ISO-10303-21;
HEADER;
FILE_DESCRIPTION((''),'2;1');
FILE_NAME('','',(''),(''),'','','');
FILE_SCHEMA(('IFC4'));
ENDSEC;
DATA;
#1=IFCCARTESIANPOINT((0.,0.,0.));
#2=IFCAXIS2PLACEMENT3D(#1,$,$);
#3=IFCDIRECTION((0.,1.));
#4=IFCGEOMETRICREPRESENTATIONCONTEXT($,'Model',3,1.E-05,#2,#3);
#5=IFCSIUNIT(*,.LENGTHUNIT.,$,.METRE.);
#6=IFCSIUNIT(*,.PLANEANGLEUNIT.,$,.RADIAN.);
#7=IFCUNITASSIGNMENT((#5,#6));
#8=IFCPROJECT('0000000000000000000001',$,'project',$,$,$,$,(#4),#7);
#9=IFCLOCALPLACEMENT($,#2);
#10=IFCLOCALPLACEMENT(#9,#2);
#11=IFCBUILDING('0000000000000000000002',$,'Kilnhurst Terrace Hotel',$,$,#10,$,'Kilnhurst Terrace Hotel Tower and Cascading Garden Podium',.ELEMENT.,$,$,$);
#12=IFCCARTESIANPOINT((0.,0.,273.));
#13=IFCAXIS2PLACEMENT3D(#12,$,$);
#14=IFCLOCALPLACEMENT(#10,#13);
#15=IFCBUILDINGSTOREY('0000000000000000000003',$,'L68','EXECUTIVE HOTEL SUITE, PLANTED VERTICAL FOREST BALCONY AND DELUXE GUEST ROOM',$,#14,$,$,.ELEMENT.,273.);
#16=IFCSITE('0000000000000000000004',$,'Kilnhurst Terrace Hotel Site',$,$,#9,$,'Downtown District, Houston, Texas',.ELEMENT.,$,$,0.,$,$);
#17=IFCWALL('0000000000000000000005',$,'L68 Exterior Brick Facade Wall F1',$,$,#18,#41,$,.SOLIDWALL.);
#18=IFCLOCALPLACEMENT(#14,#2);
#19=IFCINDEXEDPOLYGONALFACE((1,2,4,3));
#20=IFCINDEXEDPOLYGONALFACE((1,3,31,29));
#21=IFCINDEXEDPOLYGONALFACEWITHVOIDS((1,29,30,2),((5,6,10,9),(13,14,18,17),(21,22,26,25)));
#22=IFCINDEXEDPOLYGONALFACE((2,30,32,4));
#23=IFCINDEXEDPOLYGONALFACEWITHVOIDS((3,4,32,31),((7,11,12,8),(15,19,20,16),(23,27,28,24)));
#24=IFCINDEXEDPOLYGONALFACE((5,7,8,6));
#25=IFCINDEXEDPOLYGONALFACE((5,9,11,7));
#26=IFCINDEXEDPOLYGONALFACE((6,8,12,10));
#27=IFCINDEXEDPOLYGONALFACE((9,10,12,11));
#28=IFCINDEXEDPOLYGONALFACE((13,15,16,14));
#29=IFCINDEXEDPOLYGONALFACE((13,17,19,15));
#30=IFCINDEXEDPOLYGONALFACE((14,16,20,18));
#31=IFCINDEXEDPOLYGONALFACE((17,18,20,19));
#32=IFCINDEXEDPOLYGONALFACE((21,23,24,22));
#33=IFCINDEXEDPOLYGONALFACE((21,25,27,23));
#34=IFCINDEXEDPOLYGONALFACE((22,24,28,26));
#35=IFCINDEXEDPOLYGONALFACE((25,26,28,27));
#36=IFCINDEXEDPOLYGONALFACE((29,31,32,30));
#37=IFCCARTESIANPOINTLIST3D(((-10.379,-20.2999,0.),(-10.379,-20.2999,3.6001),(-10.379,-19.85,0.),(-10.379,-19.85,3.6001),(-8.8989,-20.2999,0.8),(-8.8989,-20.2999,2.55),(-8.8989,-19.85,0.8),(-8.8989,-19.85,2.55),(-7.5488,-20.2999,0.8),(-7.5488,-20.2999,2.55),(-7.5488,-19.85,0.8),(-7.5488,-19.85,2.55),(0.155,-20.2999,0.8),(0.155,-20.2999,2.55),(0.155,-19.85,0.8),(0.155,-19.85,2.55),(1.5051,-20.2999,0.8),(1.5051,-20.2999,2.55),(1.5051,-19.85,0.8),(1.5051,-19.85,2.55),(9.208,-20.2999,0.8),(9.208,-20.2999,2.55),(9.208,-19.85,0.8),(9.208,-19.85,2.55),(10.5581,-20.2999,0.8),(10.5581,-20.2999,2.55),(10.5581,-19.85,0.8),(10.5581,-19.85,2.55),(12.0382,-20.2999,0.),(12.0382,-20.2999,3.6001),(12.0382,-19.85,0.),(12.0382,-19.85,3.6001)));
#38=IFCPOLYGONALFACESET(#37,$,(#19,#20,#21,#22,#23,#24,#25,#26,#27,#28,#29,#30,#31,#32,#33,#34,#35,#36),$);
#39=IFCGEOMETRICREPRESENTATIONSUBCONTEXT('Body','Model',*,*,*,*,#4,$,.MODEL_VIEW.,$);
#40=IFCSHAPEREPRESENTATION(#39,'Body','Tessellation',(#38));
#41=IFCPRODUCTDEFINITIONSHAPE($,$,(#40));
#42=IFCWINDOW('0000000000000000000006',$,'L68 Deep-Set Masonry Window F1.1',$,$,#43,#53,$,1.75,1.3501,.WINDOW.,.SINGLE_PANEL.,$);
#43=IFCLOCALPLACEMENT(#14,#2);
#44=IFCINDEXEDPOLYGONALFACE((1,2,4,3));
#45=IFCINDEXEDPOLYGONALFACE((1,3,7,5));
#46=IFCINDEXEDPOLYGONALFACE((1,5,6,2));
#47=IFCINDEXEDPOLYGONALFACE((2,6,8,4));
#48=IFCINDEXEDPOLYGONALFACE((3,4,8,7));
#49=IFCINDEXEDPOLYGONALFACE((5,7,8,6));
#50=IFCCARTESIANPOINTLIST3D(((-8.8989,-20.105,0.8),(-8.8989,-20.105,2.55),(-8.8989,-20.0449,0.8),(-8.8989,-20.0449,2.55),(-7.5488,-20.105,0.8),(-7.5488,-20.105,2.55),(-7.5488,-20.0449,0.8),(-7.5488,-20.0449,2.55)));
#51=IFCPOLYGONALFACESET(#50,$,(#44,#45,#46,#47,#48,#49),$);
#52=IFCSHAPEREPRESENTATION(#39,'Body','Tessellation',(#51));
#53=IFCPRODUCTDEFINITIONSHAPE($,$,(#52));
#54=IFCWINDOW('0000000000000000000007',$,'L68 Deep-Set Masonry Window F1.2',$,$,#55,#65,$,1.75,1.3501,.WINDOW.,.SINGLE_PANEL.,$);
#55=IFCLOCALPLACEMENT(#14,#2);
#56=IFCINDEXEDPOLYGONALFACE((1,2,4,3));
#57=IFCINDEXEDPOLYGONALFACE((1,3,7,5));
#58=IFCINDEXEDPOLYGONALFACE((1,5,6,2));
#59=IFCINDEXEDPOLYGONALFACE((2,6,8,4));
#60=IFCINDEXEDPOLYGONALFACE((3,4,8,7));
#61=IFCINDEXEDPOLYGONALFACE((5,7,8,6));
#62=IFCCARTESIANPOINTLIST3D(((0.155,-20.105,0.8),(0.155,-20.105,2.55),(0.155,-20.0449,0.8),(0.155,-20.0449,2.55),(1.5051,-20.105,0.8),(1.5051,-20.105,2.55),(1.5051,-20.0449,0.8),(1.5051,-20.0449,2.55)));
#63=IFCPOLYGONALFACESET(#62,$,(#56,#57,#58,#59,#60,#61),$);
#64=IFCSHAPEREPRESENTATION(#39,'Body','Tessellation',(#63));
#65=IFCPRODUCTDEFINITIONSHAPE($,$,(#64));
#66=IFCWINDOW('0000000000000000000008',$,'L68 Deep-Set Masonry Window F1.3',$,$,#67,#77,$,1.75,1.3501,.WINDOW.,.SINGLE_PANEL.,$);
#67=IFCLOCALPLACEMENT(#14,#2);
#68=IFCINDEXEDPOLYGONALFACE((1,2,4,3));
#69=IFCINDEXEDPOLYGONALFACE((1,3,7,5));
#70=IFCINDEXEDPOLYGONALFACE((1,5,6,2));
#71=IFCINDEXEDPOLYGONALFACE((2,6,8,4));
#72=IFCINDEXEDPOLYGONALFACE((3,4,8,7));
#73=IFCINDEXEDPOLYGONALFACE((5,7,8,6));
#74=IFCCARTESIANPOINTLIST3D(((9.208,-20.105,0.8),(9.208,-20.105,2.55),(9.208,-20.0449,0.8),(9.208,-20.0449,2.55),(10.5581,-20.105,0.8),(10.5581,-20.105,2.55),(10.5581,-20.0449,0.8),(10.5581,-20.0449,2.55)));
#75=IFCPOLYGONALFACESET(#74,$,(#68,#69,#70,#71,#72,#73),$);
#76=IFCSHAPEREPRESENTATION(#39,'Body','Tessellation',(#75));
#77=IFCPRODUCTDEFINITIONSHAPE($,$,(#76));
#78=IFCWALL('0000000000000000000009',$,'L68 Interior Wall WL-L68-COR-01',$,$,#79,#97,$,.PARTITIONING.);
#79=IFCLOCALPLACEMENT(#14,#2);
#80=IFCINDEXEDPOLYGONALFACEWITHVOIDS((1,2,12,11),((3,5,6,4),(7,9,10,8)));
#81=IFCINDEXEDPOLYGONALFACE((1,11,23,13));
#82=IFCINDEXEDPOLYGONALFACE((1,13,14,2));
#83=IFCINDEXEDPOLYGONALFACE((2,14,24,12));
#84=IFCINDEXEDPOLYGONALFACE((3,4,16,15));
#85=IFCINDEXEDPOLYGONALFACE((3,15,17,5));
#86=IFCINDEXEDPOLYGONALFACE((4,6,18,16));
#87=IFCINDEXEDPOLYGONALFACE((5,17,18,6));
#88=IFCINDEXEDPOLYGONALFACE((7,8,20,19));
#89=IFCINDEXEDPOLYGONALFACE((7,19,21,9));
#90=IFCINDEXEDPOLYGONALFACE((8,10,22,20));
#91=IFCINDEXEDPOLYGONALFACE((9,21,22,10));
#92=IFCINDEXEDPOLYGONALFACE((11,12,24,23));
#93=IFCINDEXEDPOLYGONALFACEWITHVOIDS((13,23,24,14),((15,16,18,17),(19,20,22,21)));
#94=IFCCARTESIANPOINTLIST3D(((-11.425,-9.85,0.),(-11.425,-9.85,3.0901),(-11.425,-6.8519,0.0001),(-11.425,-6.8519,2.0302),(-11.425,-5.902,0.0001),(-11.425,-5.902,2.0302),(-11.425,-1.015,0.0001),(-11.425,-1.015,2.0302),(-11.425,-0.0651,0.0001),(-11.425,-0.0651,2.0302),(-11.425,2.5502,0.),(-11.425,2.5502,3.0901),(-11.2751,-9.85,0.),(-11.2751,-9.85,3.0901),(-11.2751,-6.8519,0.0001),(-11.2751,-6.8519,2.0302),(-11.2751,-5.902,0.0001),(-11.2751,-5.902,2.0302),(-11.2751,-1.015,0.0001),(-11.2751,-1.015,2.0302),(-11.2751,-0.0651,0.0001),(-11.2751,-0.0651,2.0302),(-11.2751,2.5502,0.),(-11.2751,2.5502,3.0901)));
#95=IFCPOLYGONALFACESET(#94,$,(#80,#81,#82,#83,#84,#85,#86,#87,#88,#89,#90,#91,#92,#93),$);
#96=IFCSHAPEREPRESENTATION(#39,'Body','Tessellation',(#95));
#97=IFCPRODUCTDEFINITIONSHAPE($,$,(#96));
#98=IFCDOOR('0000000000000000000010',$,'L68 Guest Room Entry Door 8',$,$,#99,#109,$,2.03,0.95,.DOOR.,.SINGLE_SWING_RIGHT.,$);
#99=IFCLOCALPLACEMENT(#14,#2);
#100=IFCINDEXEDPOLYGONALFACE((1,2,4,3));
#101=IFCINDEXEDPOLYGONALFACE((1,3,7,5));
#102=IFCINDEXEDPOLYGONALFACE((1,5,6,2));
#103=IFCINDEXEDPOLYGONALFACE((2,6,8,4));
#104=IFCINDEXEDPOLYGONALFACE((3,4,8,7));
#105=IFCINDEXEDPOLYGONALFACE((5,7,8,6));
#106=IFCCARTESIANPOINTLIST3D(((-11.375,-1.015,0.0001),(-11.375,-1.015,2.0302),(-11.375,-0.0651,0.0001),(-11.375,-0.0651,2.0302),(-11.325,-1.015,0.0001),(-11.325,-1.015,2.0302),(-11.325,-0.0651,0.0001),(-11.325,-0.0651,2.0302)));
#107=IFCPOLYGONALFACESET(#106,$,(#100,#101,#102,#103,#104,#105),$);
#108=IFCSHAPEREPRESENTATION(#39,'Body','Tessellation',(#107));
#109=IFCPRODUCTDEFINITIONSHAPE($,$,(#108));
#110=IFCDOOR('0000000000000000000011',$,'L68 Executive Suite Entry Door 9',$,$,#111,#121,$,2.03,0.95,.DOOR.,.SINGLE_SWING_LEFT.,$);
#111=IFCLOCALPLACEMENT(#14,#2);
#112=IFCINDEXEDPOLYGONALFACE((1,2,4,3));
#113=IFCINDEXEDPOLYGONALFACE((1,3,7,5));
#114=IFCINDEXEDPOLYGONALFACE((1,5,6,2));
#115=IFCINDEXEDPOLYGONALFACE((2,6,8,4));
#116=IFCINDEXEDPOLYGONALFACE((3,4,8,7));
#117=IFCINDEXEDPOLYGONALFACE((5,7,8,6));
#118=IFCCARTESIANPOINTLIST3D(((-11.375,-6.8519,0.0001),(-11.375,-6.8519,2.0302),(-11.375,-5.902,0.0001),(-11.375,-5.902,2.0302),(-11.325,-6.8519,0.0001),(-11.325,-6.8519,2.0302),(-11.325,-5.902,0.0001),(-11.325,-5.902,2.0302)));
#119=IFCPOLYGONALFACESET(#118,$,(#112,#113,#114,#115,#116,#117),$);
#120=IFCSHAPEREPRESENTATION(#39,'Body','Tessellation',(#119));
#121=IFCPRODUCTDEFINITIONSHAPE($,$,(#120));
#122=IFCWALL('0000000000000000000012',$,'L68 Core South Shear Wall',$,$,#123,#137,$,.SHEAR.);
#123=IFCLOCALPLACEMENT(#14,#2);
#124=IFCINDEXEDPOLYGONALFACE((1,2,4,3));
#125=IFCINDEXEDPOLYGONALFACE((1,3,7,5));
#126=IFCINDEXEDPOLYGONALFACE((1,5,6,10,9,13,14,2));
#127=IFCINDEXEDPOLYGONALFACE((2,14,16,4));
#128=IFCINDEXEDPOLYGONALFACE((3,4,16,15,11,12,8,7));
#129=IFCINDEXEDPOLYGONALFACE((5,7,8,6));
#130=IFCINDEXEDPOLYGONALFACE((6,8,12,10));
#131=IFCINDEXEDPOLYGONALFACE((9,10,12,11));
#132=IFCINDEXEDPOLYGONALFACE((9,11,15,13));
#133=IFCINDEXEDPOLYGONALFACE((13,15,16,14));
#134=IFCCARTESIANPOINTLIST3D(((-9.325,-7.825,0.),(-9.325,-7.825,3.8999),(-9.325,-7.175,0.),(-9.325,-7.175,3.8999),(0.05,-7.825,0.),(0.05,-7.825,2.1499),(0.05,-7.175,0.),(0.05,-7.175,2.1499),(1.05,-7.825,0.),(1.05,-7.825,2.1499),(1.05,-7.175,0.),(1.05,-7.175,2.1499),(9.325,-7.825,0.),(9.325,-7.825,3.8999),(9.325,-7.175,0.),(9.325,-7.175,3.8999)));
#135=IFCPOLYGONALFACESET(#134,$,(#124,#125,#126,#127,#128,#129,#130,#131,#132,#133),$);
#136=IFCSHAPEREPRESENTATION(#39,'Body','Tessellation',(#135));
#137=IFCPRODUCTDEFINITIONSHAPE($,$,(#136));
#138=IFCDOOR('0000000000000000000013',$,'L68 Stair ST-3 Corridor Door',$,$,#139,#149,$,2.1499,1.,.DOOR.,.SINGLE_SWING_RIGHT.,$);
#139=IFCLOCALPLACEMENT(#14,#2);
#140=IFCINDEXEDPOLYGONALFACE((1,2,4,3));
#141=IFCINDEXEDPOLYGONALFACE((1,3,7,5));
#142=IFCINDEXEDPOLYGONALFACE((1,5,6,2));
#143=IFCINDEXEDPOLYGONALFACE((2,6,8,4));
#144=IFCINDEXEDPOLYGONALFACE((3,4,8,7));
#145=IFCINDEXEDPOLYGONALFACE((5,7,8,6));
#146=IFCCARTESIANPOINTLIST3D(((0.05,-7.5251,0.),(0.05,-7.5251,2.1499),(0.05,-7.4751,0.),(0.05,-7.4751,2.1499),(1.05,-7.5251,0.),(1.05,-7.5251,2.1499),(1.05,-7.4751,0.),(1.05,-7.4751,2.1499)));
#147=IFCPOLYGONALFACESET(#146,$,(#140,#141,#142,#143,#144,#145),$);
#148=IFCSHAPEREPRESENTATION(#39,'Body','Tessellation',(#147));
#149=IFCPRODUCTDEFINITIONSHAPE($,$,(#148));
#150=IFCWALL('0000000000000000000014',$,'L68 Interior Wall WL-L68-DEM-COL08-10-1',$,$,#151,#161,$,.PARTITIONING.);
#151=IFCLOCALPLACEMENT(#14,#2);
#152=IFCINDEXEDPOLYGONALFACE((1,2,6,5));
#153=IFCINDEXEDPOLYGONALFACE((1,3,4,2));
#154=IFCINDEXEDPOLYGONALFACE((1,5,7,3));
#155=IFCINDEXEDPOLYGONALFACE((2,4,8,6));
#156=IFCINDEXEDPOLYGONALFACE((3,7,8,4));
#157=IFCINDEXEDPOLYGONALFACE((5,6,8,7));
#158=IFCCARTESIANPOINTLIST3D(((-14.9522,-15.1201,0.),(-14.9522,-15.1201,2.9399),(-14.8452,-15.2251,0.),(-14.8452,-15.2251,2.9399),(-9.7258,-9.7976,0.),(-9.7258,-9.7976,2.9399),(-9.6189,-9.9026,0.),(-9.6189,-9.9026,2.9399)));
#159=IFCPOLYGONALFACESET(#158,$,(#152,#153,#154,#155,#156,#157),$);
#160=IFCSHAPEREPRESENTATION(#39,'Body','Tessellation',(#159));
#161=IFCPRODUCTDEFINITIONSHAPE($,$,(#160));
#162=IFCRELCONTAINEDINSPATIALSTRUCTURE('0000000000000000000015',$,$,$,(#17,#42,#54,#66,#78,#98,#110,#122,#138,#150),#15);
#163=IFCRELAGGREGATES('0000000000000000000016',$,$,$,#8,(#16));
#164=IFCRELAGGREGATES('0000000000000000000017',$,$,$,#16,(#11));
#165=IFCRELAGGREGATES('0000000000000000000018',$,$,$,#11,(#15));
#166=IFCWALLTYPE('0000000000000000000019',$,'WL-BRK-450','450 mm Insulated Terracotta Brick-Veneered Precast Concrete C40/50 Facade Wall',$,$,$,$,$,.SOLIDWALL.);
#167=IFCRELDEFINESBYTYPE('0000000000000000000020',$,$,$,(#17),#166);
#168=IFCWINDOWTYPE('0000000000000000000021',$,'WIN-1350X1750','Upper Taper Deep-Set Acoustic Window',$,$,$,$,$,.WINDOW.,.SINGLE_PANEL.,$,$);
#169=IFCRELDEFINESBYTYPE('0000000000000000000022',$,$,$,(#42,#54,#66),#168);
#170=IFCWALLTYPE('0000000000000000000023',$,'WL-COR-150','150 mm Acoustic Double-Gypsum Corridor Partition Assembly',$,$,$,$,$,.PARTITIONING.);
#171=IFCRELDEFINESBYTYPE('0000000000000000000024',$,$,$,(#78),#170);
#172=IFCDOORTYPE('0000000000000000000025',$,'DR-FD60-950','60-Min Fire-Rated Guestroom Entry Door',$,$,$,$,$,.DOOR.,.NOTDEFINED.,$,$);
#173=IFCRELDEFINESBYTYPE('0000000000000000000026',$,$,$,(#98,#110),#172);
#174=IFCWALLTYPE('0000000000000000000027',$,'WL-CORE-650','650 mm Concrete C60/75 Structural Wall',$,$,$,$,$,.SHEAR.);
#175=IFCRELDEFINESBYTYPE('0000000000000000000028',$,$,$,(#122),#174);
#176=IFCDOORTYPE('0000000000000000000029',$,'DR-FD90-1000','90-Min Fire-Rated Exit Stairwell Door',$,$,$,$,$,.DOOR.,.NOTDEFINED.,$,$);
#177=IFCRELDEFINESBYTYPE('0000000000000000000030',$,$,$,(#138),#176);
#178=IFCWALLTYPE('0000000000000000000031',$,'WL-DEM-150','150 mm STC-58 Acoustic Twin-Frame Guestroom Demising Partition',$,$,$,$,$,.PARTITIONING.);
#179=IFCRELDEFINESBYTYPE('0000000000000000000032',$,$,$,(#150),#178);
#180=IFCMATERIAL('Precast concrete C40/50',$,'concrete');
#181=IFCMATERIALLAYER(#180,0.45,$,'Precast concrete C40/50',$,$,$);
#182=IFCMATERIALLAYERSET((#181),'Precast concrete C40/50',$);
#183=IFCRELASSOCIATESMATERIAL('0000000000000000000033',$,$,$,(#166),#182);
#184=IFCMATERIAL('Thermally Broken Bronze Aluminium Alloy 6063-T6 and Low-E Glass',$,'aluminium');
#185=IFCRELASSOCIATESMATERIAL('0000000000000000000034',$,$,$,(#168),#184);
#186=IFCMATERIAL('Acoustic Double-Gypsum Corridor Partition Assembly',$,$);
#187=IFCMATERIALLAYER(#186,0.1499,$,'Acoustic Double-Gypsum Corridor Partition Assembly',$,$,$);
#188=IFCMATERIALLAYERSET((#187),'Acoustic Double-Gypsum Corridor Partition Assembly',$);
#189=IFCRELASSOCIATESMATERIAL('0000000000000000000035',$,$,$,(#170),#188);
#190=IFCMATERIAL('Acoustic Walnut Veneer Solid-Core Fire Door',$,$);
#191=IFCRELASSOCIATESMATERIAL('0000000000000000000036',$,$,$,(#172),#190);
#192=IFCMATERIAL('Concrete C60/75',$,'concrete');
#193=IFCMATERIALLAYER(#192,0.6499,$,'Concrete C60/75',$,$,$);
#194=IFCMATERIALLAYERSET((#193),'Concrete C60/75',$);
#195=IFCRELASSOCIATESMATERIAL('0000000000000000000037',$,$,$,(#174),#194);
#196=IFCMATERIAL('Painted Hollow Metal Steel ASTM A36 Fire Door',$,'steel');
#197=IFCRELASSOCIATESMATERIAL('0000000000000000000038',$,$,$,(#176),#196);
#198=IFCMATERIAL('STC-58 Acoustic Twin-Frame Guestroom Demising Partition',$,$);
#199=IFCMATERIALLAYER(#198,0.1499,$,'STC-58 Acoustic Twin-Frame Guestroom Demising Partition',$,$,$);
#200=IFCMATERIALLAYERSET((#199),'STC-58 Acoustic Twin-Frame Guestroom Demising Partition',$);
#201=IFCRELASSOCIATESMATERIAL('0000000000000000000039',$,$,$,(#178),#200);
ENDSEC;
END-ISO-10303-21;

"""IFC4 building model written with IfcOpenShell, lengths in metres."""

from ifc_helpers import new_model, si_unit, direction, frame, frame_2d, origin, place, context, subcontext, project, spatial, rectangle, extrude, material, layer, layer_set, type_object, element, fill, save


model = new_model("IFC4")

# Units and contexts
model_context = context("Model", 3, precision=1e-05, world=origin(), true_north=direction((0.0, 1.0)))
body_context = subcontext(model_context, "Body", "Model", "MODEL_VIEW")
ifc_project = project(units=[si_unit("LENGTHUNIT", "METRE"), si_unit("PLANEANGLEUNIT", "RADIAN")], contexts=[model_context])

# Site, building, storey
site_placement = place(None, origin())
site = spatial("IfcSite", under=ifc_project, at=site_placement, Name="Kilnhurst Terrace Hotel Site", LongName="Downtown District, Houston, Texas", CompositionType="ELEMENT", RefElevation=0.0)
building_placement = place(site_placement, origin())
building = spatial("IfcBuilding", under=site, at=building_placement, Name="Kilnhurst Terrace Hotel", LongName="Kilnhurst Terrace Hotel Tower and Cascading Garden Podium", CompositionType="ELEMENT")
storey_placement = place(building_placement, frame((0.0, 0.0, 273.0)))
storey = spatial("IfcBuildingStorey", under=building, at=storey_placement, Name="L68", Description="EXECUTIVE HOTEL SUITE, PLANTED VERTICAL FOREST BALCONY AND DELUXE GUEST ROOM", CompositionType="ELEMENT", Elevation=273.0)

# Shared definitions
ifc_material_1 = material(Name="Concrete C60/75", Category="concrete")

# Shared definitions
ifc_material_2 = material(Name="Precast concrete C40/50", Category="concrete")
ifc_layer_1 = layer(ifc_material_2, 0.45, Name="Precast concrete C40/50")
ifc_layer_set_1 = layer_set([ifc_layer_1], Name="Precast concrete C40/50")
wall_type_1 = type_object("IfcWallType", Name="WL-BRK-450", Description="450 mm Insulated Terracotta Brick-Veneered Precast Concrete C40/50 Facade Wall", PredefinedType="SOLIDWALL", material=ifc_layer_set_1)

# Wall, openings, windows
wall_1_placement = place(storey_placement, frame((-10.3789, -20.075, 0.0), z_axis=(0.0, 0.0, 1.0), x_axis=(1.0, 0.0, 0.0)))
wall_1 = element("IfcWall", 1, at=wall_1_placement, inside=storey, type_object=wall_type_1, Name="L68 Exterior Brick Facade Wall F1", PredefinedType="SOLIDWALL", context=body_context, shape_type="SweptSolid", body=[
    extrude(rectangle(XDim=22.4172, YDim=0.45, at=frame_2d((11.2085, 0.0))), origin(), (0.0, 0.0, 1.0), 3.6001),
])
opening_1_placement = place(wall_1_placement, frame((1.48, 0.0, 0.8)))
opening_1 = element("IfcOpeningElement", 2, at=opening_1_placement, cuts=wall_1, PredefinedType="OPENING", context=body_context, shape_type="SweptSolid", body=[
    extrude(rectangle(XDim=1.3501, YDim=1.75, at=frame_2d((0.675, 0.875))), frame((0.0, 0.2349, 0.0), z_axis=(0.0, -1.0, 0.0), x_axis=(1.0, 0.0, 0.0)), (0.0, 0.0, 1.0), 0.47),
])
opening_2_placement = place(wall_1_placement, frame((10.5339, 0.0, 0.8)))
opening_2 = element("IfcOpeningElement", 3, at=opening_2_placement, cuts=wall_1, PredefinedType="OPENING", context=body_context, shape_type="SweptSolid", body=[
    extrude(rectangle(XDim=1.3501, YDim=1.75, at=frame_2d((0.675, 0.875))), frame((0.0, 0.2349, 0.0), z_axis=(0.0, -1.0, 0.0), x_axis=(1.0, 0.0, 0.0)), (0.0, 0.0, 1.0), 0.47),
])
opening_3_placement = place(wall_1_placement, frame((19.5869, 0.0, 0.8)))
opening_3 = element("IfcOpeningElement", 4, at=opening_3_placement, cuts=wall_1, PredefinedType="OPENING", context=body_context, shape_type="SweptSolid", body=[
    extrude(rectangle(XDim=1.3501, YDim=1.75, at=frame_2d((0.675, 0.875))), frame((0.0, 0.2349, 0.0), z_axis=(0.0, -1.0, 0.0), x_axis=(1.0, 0.0, 0.0)), (0.0, 0.0, 1.0), 0.47),
])
ifc_material_3 = material(Name="Thermally Broken Bronze Aluminium Alloy 6063-T6 and Low-E Glass", Category="aluminium")
window_type = type_object("IfcWindowType", Name="WIN-1350X1750", Description="Upper Taper Deep-Set Acoustic Window", PartitioningType="SINGLE_PANEL", PredefinedType="WINDOW", material=ifc_material_3)
window_1_placement = place(opening_1_placement, origin())
window_1 = element("IfcWindow", 5, at=window_1_placement, inside=storey, type_object=window_type, Name="L68 Deep-Set Masonry Window F1.1", OverallHeight=1.75, OverallWidth=1.3501, PartitioningType="SINGLE_PANEL", PredefinedType="WINDOW", context=body_context, shape_type="SweptSolid", body=[
    extrude(rectangle(XDim=1.3501, YDim=1.75, at=frame_2d((0.675, 0.875))), frame((0.0, 0.03, 0.0), z_axis=(0.0, -1.0, 0.0), x_axis=(1.0, 0.0, 0.0)), (0.0, 0.0, 1.0), 0.0601),
])
fill(opening_1, window_1)
window_2_placement = place(opening_2_placement, origin())
window_2 = element("IfcWindow", 6, at=window_2_placement, inside=storey, type_object=window_type, Name="L68 Deep-Set Masonry Window F1.2", OverallHeight=1.75, OverallWidth=1.3501, PartitioningType="SINGLE_PANEL", PredefinedType="WINDOW", context=body_context, shape_type="SweptSolid", body=[
    extrude(rectangle(XDim=1.3501, YDim=1.75, at=frame_2d((0.675, 0.875))), frame((0.0, 0.03, 0.0), z_axis=(0.0, -1.0, 0.0), x_axis=(1.0, 0.0, 0.0)), (0.0, 0.0, 1.0), 0.0601),
])
fill(opening_2, window_2)
window_3_placement = place(opening_3_placement, origin())
window_3 = element("IfcWindow", 7, at=window_3_placement, inside=storey, type_object=window_type, Name="L68 Deep-Set Masonry Window F1.3", OverallHeight=1.75, OverallWidth=1.3501, PartitioningType="SINGLE_PANEL", PredefinedType="WINDOW", context=body_context, shape_type="SweptSolid", body=[
    extrude(rectangle(XDim=1.3501, YDim=1.75, at=frame_2d((0.675, 0.875))), frame((0.0, 0.03, 0.0), z_axis=(0.0, -1.0, 0.0), x_axis=(1.0, 0.0, 0.0)), (0.0, 0.0, 1.0), 0.0601),
])
fill(opening_3, window_3)

# Wall, openings, doors
ifc_material_4 = material(Name="Acoustic Double-Gypsum Corridor Partition Assembly")
ifc_layer_2 = layer(ifc_material_4, 0.1499, Name="Acoustic Double-Gypsum Corridor Partition Assembly")
ifc_layer_set_2 = layer_set([ifc_layer_2], Name="Acoustic Double-Gypsum Corridor Partition Assembly")
wall_type_2 = type_object("IfcWallType", Name="WL-COR-150", Description="150 mm Acoustic Double-Gypsum Corridor Partition Assembly", PredefinedType="PARTITIONING", material=ifc_layer_set_2)
wall_2_placement = place(storey_placement, frame((-11.3501, -9.8501, 0.0), z_axis=(0.0, 0.0, 1.0), x_axis=(0.0, 1.0, 0.0)))
wall_2 = element("IfcWall", 8, at=wall_2_placement, inside=storey, type_object=wall_type_2, Name="L68 Interior Wall WL-L68-COR-01", PredefinedType="PARTITIONING", context=body_context, shape_type="SweptSolid", body=[
    extrude(rectangle(XDim=12.4001, YDim=0.1499, at=frame_2d((6.2002, 0.0))), origin(), (0.0, 0.0, 1.0), 3.0901),
])
opening_4_placement = place(wall_2_placement, frame((8.835, 0.0, 0.0)))
opening_4 = element("IfcOpeningElement", 9, at=opening_4_placement, cuts=wall_2, PredefinedType="OPENING", context=body_context, shape_type="SweptSolid", body=[
    extrude(rectangle(XDim=0.95, YDim=2.03, at=frame_2d((0.4751, 1.0151))), frame((0.0, 0.085, 0.0), z_axis=(0.0, -1.0, 0.0), x_axis=(1.0, 0.0, 0.0)), (0.0, 0.0, 1.0), 0.1699),
])
opening_5_placement = place(wall_2_placement, frame((2.998, 0.0, 0.0)))
opening_5 = element("IfcOpeningElement", 10, at=opening_5_placement, cuts=wall_2, PredefinedType="OPENING", context=body_context, shape_type="SweptSolid", body=[
    extrude(rectangle(XDim=0.95, YDim=2.03, at=frame_2d((0.4751, 1.0151))), frame((0.0, 0.085, 0.0), z_axis=(0.0, -1.0, 0.0), x_axis=(1.0, 0.0, 0.0)), (0.0, 0.0, 1.0), 0.1699),
])
ifc_material_5 = material(Name="Acoustic Walnut Veneer Solid-Core Fire Door")
door_type_1 = type_object("IfcDoorType", Name="DR-FD60-950", Description="60-Min Fire-Rated Guestroom Entry Door", OperationType="NOTDEFINED", PredefinedType="DOOR", material=ifc_material_5)
door_1_placement = place(opening_4_placement, origin())
door_1 = element("IfcDoor", 11, at=door_1_placement, inside=storey, type_object=door_type_1, Name="L68 Guest Room Entry Door 8", OperationType="SINGLE_SWING_RIGHT", OverallHeight=2.03, OverallWidth=0.95, PredefinedType="DOOR", context=body_context, shape_type="SweptSolid", body=[
    extrude(rectangle(XDim=0.95, YDim=2.03, at=frame_2d((0.4751, 1.0151))), frame((0.0, 0.0249, 0.0), z_axis=(0.0, -1.0, 0.0), x_axis=(1.0, 0.0, 0.0)), (0.0, 0.0, 1.0), 0.05),
])
fill(opening_4, door_1)
door_2_placement = place(opening_5_placement, origin())
door_2 = element("IfcDoor", 12, at=door_2_placement, inside=storey, type_object=door_type_1, Name="L68 Executive Suite Entry Door 9", OperationType="SINGLE_SWING_LEFT", OverallHeight=2.03, OverallWidth=0.95, PredefinedType="DOOR", context=body_context, shape_type="SweptSolid", body=[
    extrude(rectangle(XDim=0.95, YDim=2.03, at=frame_2d((0.4751, 1.0151))), frame((0.0, 0.0249, 0.0), z_axis=(0.0, -1.0, 0.0), x_axis=(1.0, 0.0, 0.0)), (0.0, 0.0, 1.0), 0.05),
])
fill(opening_5, door_2)

# Wall, opening, door
ifc_layer_3 = layer(ifc_material_1, 0.6499, Name="Concrete C60/75")
ifc_layer_set_3 = layer_set([ifc_layer_3], Name="Concrete C60/75")
wall_type_3 = type_object("IfcWallType", Name="WL-CORE-650", Description="650 mm Concrete C60/75 Structural Wall", PredefinedType="SHEAR", material=ifc_layer_set_3)
wall_3_placement = place(storey_placement, frame((-9.325, -7.5, 0.0), z_axis=(0.0, 0.0, 1.0), x_axis=(1.0, 0.0, 0.0)))
wall_3 = element("IfcWall", 13, at=wall_3_placement, inside=storey, type_object=wall_type_3, Name="L68 Core South Shear Wall", PredefinedType="SHEAR", context=body_context, shape_type="SweptSolid", body=[
    extrude(rectangle(XDim=18.6499, YDim=0.6499, at=frame_2d((9.325, 0.0))), origin(), (0.0, 0.0, 1.0), 3.8999),
])
opening_6_placement = place(wall_3_placement, frame((9.375, 0.0, 0.0)))
opening_6 = element("IfcOpeningElement", 14, at=opening_6_placement, cuts=wall_3, PredefinedType="OPENING", context=body_context, shape_type="SweptSolid", body=[
    extrude(rectangle(XDim=1.0, YDim=2.1499, at=frame_2d((0.5, 1.075))), frame((0.0, 0.335, 0.0), z_axis=(0.0, -1.0, 0.0), x_axis=(1.0, 0.0, 0.0)), (0.0, 0.0, 1.0), 0.6699),
])
ifc_material_6 = material(Name="Painted Hollow Metal Steel ASTM A36 Fire Door", Category="steel")
door_type_2 = type_object("IfcDoorType", Name="DR-FD90-1000", Description="90-Min Fire-Rated Exit Stairwell Door", OperationType="NOTDEFINED", PredefinedType="DOOR", material=ifc_material_6)
door_3_placement = place(opening_6_placement, origin())
door_3 = element("IfcDoor", 15, at=door_3_placement, inside=storey, type_object=door_type_2, Name="L68 Stair ST-3 Corridor Door", OperationType="SINGLE_SWING_RIGHT", OverallHeight=2.1499, OverallWidth=1.0, PredefinedType="DOOR", context=body_context, shape_type="SweptSolid", body=[
    extrude(rectangle(XDim=1.0, YDim=2.1499, at=frame_2d((0.5, 1.075))), frame((0.0, 0.0249, 0.0), z_axis=(0.0, -1.0, 0.0), x_axis=(1.0, 0.0, 0.0)), (0.0, 0.0, 1.0), 0.05),
])
fill(opening_6, door_3)

# Wall
ifc_material_7 = material(Name="STC-58 Acoustic Twin-Frame Guestroom Demising Partition")
ifc_layer_4 = layer(ifc_material_7, 0.1499, Name="STC-58 Acoustic Twin-Frame Guestroom Demising Partition")
ifc_layer_set_4 = layer_set([ifc_layer_4], Name="STC-58 Acoustic Twin-Frame Guestroom Demising Partition")
wall_type_4 = type_object("IfcWallType", Name="WL-DEM-150", Description="150 mm STC-58 Acoustic Twin-Frame Guestroom Demising Partition", PredefinedType="PARTITIONING", material=ifc_layer_set_4)
wall_4_placement = place(storey_placement, frame((-9.6724, -9.8501, 0.0), z_axis=(0.0, 0.0, 1.0), x_axis=(-0.70063, -0.713525, 0.0)))
element("IfcWall", 16, at=wall_4_placement, inside=storey, type_object=wall_type_4, Name="L68 Interior Wall WL-L68-DEM-COL08-10-1", PredefinedType="PARTITIONING", context=body_context, shape_type="SweptSolid", body=[
    extrude(rectangle(XDim=7.4595, YDim=0.1499, at=frame_2d((3.7297, 0.0))), origin(), (0.0, 0.0, 1.0), 2.9399),
])

save(model, "model.ifc")
